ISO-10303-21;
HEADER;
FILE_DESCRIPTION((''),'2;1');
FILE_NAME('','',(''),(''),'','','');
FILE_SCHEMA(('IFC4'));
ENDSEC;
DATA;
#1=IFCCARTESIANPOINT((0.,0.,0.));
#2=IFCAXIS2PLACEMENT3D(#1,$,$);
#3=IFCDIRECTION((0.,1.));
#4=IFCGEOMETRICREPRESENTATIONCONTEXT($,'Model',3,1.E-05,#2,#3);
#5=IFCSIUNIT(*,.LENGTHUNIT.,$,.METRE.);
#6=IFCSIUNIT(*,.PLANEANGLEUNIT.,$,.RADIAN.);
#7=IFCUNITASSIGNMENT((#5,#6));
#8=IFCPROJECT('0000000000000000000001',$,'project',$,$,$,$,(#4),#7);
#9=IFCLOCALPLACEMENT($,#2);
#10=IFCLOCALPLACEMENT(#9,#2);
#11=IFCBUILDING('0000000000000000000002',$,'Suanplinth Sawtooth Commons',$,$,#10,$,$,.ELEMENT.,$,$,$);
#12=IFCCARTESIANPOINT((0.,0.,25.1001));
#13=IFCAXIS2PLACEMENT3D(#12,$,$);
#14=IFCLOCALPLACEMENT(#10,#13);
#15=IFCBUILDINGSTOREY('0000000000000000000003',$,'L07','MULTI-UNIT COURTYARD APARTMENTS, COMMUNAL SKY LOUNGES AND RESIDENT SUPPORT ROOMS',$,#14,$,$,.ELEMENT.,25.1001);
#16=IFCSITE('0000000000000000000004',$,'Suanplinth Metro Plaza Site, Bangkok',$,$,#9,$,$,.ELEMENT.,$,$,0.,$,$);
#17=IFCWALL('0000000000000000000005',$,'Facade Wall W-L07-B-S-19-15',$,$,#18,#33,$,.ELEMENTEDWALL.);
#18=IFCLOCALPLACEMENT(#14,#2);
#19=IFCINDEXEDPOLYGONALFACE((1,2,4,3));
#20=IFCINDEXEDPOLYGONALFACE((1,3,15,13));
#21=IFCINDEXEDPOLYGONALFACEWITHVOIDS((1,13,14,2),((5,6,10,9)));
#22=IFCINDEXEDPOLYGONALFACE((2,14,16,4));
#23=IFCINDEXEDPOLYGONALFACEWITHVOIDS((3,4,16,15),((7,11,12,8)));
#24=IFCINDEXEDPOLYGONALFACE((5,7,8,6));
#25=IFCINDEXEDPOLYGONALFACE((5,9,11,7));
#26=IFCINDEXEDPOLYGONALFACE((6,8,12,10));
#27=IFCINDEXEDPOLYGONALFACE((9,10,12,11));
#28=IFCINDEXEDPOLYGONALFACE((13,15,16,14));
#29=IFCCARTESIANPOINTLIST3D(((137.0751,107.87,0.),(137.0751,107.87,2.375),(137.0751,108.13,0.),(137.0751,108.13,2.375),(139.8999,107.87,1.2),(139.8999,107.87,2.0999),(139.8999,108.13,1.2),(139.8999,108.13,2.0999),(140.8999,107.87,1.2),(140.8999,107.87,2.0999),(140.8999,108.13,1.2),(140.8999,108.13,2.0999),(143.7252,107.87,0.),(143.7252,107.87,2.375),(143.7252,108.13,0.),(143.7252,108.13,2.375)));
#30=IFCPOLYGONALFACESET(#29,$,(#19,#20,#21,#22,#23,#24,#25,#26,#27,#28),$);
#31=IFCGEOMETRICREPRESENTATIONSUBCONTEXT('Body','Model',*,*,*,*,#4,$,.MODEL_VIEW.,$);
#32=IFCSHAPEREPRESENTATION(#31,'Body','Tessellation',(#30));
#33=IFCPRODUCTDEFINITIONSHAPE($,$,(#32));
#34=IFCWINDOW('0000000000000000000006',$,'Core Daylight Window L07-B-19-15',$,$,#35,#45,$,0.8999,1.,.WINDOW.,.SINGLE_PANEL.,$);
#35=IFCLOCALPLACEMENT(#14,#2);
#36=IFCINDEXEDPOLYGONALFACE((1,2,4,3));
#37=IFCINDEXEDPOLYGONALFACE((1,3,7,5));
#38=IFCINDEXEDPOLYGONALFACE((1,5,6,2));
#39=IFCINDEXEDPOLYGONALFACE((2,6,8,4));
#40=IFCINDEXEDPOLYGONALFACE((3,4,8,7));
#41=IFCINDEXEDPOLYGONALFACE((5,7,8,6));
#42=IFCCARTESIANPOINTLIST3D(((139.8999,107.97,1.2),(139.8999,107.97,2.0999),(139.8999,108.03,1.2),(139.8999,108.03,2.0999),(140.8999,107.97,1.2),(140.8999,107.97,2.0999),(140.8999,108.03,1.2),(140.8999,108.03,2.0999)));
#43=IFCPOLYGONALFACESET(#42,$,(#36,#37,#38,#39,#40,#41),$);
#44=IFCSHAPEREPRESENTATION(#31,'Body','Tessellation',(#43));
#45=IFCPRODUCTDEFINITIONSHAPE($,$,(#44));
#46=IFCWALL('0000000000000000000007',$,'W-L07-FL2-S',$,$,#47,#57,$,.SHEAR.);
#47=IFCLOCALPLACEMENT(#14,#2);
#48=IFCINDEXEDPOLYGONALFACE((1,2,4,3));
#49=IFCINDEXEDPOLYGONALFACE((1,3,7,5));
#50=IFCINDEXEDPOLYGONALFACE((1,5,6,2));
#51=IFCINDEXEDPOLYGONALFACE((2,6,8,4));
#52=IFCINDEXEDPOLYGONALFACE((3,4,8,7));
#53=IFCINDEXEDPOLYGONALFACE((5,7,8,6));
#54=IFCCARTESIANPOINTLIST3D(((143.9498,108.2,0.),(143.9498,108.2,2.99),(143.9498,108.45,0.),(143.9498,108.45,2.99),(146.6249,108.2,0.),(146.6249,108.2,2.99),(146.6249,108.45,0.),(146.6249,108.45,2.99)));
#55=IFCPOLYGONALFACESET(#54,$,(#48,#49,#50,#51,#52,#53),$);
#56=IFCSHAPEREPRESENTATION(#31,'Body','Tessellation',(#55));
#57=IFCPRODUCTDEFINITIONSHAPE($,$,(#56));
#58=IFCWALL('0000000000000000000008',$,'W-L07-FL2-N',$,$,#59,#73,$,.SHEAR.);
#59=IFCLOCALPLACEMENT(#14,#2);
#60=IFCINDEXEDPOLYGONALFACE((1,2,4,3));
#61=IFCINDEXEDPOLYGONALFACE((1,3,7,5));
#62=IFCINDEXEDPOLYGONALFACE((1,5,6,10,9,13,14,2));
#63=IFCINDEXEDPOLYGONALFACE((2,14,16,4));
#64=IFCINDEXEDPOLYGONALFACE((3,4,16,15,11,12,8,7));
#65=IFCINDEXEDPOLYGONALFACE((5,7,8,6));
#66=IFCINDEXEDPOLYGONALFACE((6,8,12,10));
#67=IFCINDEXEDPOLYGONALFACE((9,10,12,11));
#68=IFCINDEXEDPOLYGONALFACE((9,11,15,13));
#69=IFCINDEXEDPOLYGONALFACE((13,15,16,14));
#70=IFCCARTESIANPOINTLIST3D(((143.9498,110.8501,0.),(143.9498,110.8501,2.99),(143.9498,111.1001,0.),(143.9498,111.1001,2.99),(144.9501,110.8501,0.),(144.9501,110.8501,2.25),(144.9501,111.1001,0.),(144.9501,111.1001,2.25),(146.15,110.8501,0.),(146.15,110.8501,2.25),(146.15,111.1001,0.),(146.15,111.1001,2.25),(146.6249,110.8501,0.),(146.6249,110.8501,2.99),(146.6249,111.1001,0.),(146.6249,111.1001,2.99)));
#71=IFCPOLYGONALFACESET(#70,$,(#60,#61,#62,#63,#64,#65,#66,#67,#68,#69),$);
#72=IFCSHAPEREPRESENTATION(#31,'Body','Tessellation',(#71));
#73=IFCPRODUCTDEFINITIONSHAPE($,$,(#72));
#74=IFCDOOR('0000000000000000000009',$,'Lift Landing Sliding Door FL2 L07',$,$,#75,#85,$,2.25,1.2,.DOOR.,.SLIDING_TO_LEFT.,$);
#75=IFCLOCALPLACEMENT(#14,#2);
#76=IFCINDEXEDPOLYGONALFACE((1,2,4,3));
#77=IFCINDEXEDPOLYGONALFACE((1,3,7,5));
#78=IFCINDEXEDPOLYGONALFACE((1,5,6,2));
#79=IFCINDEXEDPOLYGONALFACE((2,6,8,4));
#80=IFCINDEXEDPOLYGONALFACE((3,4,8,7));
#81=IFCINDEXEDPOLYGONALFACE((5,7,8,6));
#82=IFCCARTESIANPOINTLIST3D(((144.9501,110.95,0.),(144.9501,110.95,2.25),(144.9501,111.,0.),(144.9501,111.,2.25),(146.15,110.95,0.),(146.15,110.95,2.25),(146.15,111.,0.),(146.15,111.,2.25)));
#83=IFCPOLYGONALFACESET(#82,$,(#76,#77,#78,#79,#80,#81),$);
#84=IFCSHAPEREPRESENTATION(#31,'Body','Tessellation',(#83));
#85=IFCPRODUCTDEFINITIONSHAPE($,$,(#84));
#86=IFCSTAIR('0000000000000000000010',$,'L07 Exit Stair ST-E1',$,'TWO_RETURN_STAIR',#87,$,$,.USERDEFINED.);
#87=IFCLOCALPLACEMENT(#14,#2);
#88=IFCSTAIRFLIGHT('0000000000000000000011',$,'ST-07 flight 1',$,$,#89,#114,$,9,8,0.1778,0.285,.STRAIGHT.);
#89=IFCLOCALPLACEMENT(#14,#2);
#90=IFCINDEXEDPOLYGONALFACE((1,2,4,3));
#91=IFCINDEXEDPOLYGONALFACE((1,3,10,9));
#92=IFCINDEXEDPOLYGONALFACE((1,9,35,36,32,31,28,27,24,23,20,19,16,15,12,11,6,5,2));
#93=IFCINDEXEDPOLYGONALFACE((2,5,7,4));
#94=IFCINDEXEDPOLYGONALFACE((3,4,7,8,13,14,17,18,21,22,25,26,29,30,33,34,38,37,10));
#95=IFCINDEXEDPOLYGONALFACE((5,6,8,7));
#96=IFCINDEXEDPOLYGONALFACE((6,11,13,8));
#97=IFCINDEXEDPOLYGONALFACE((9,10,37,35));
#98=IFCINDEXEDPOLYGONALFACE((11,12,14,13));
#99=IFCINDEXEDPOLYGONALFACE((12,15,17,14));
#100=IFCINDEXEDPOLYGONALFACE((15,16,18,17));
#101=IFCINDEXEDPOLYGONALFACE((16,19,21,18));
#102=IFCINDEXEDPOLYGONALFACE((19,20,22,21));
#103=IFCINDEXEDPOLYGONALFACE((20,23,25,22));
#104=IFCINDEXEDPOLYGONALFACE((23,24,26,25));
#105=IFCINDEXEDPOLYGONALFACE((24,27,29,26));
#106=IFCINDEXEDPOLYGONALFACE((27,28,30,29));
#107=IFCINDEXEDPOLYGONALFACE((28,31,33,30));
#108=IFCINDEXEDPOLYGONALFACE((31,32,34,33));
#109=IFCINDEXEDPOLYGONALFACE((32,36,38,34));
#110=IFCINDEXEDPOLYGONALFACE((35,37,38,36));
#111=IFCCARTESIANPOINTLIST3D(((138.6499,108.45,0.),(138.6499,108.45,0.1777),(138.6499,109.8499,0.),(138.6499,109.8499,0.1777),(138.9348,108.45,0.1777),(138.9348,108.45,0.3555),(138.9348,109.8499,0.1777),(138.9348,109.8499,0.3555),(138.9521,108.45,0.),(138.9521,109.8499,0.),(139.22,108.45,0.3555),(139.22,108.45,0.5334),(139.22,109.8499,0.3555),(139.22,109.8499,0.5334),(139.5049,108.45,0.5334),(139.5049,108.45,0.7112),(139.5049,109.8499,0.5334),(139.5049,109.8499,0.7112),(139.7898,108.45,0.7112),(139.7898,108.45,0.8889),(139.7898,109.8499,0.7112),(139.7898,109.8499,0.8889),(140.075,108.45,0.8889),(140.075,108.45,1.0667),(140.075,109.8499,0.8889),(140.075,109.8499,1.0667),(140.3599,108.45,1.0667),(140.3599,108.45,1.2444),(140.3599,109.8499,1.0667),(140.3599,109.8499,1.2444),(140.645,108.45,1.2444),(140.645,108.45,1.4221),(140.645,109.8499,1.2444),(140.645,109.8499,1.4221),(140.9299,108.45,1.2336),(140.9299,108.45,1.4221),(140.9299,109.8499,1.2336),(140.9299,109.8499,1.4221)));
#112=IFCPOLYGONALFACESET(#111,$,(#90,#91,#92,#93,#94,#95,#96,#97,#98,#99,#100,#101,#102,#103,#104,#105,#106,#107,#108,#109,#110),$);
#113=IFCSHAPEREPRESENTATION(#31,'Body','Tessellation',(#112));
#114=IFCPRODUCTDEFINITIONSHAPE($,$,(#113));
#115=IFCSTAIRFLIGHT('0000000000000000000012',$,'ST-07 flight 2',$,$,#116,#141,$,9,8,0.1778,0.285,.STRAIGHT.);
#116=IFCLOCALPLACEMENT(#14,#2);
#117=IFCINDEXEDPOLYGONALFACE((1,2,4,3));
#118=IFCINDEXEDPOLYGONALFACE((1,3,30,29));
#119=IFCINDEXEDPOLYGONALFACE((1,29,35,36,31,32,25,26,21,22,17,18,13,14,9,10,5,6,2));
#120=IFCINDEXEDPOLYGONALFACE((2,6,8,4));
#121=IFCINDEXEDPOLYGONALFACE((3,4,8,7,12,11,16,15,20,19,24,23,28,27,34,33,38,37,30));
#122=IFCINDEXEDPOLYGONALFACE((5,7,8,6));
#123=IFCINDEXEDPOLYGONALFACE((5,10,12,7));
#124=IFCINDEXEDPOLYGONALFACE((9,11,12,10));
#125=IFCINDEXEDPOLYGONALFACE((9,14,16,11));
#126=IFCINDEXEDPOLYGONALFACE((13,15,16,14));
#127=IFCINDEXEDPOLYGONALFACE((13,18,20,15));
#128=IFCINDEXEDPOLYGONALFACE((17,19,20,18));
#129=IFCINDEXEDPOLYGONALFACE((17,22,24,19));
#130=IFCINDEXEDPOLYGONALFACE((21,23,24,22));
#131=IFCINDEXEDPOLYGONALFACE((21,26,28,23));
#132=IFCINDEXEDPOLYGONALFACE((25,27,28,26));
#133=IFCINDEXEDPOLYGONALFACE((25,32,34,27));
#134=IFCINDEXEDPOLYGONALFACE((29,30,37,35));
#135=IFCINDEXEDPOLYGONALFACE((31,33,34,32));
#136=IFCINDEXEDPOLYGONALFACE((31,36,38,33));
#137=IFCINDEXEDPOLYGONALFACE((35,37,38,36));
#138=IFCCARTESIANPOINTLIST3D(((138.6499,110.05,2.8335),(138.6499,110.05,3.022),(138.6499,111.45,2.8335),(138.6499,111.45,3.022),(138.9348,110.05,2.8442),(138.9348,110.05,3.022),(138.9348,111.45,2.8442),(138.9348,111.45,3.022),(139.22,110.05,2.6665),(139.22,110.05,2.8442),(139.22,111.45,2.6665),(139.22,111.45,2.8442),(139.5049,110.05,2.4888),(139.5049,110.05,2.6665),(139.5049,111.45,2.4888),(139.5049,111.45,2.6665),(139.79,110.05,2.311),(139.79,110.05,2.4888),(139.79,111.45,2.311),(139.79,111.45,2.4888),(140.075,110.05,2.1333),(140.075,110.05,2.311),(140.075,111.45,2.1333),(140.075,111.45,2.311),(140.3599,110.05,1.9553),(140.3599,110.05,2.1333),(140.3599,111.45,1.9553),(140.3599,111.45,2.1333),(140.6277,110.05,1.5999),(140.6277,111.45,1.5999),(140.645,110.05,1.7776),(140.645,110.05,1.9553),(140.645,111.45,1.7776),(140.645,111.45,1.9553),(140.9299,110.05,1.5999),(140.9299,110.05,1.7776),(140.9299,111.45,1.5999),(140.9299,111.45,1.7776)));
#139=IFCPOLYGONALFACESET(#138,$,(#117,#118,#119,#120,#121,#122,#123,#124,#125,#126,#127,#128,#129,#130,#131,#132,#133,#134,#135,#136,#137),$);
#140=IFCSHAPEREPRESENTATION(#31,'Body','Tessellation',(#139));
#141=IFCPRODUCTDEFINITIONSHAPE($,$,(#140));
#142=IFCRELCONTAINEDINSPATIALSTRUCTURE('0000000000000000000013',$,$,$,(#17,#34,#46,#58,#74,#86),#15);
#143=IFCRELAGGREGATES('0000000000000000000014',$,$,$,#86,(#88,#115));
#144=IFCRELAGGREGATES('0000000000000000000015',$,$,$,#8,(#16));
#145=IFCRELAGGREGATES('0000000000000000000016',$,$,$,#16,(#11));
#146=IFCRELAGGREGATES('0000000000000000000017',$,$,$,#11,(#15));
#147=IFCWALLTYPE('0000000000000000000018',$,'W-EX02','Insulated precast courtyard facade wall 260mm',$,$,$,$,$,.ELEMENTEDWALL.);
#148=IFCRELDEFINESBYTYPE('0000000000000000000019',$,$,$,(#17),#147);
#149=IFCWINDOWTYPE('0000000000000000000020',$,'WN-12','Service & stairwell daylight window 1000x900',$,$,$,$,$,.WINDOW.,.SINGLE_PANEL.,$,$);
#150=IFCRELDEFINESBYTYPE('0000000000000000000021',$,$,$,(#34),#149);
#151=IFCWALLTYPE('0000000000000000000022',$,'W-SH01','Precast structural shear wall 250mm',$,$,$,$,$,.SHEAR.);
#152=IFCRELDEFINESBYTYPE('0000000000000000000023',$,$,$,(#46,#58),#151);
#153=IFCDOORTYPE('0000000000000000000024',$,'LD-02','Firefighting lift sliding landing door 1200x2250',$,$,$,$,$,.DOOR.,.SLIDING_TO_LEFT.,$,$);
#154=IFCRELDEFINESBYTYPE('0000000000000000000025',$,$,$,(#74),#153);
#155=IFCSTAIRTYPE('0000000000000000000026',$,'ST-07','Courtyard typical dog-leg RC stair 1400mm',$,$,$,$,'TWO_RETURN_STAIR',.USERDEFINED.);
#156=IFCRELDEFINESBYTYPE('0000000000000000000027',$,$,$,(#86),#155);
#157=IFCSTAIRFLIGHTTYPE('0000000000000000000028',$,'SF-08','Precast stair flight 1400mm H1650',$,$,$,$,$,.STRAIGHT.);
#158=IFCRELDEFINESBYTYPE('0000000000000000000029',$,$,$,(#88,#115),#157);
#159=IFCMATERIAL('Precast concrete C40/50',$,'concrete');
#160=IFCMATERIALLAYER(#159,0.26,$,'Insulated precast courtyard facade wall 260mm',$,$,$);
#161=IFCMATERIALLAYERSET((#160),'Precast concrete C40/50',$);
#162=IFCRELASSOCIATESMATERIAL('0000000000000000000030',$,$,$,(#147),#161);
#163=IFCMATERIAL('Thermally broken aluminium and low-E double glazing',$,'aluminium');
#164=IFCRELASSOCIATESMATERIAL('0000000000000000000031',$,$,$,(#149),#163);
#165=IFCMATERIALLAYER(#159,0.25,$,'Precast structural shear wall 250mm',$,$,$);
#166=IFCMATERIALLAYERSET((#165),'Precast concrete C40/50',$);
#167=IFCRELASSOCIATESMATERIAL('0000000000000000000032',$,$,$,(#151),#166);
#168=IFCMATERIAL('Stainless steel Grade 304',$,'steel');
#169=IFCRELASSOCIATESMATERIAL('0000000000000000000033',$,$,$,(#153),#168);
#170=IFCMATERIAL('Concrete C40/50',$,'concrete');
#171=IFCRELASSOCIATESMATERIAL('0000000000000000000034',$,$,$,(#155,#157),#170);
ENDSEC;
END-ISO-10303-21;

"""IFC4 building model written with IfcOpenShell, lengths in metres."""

from ifc_helpers import new_model, si_unit, direction, frame, frame_2d, origin, place, context, subcontext, project, spatial, polyline, rectangle, outline, extrude, material, layer, layer_set, type_object, element, fill, aggregate, save


model = new_model("IFC4")

# Units and contexts
model_context = context("Model", 3, precision=1e-05, world=origin(), true_north=direction((0.0, 1.0)))
body_context = subcontext(model_context, "Body", "Model", "MODEL_VIEW")
ifc_project = project(units=[si_unit("LENGTHUNIT", "METRE"), si_unit("PLANEANGLEUNIT", "RADIAN")], contexts=[model_context])

# Site, building, storey
site_placement = place(None, origin())
site = spatial("IfcSite", under=ifc_project, at=site_placement, Name="Suanplinth Metro Plaza Site, Bangkok", CompositionType="ELEMENT", RefElevation=0.0)
building_placement = place(site_placement, origin())
building = spatial("IfcBuilding", under=site, at=building_placement, Name="Suanplinth Sawtooth Commons", CompositionType="ELEMENT")
storey_placement = place(building_placement, frame((0.0, 0.0, 25.1001)))
storey = spatial("IfcBuildingStorey", under=building, at=storey_placement, Name="L07", Description="MULTI-UNIT COURTYARD APARTMENTS, COMMUNAL SKY LOUNGES AND RESIDENT SUPPORT ROOMS", CompositionType="ELEMENT", Elevation=25.1001)

# Shared definitions
ifc_material_1 = material(Name="Precast concrete C40/50", Category="concrete")

# Shared definitions
ifc_material_2 = material(Name="Concrete C40/50", Category="concrete")

# Wall, opening, window
ifc_layer_1 = layer(ifc_material_1, 0.26, Name="Insulated precast courtyard facade wall 260mm")
ifc_layer_set_1 = layer_set([ifc_layer_1], Name="Precast concrete C40/50")
wall_type_1 = type_object("IfcWallType", Name="W-EX02", Description="Insulated precast courtyard facade wall 260mm", PredefinedType="ELEMENTEDWALL", material=ifc_layer_set_1)
wall_1_placement = place(storey_placement, frame((137.075, 108.0, 0.0), z_axis=(0.0, 0.0, 1.0), x_axis=(1.0, 0.0, 0.0)))
wall_1 = element("IfcWall", 1, at=wall_1_placement, inside=storey, type_object=wall_type_1, Name="Facade Wall W-L07-B-S-19-15", PredefinedType="ELEMENTEDWALL", context=body_context, shape_type="SweptSolid", body=[
    extrude(rectangle(XDim=6.6501, YDim=0.26, at=frame_2d((3.3252, 0.0))), origin(), (0.0, 0.0, 1.0), 2.375),
])
opening_1_placement = place(wall_1_placement, frame((2.825, 0.0, 1.2)))
opening_1 = element("IfcOpeningElement", 2, at=opening_1_placement, cuts=wall_1, PredefinedType="OPENING", context=body_context, shape_type="SweptSolid", body=[
    extrude(rectangle(XDim=1.0, YDim=0.8999, at=frame_2d((0.5, 0.45))), frame((0.0, 0.145, 0.0), z_axis=(0.0, -1.0, 0.0), x_axis=(1.0, 0.0, 0.0)), (0.0, 0.0, 1.0), 0.2898),
])
ifc_material_3 = material(Name="Thermally broken aluminium and low-E double glazing", Category="aluminium")
window_type = type_object("IfcWindowType", Name="WN-12", Description="Service & stairwell daylight window 1000x900", PartitioningType="SINGLE_PANEL", PredefinedType="WINDOW", material=ifc_material_3)
window_placement = place(opening_1_placement, origin())
window = element("IfcWindow", 3, at=window_placement, inside=storey, type_object=window_type, Name="Core Daylight Window L07-B-19-15", OverallHeight=0.8999, OverallWidth=1.0, PartitioningType="SINGLE_PANEL", PredefinedType="WINDOW", context=body_context, shape_type="SweptSolid", body=[
    extrude(rectangle(XDim=1.0, YDim=0.8999, at=frame_2d((0.5, 0.45))), frame((0.0, 0.03, 0.0), z_axis=(0.0, -1.0, 0.0), x_axis=(1.0, 0.0, 0.0)), (0.0, 0.0, 1.0), 0.0601),
])
fill(opening_1, window)

# Wall
ifc_layer_2 = layer(ifc_material_1, 0.25, Name="Precast structural shear wall 250mm")
ifc_layer_set_2 = layer_set([ifc_layer_2], Name="Precast concrete C40/50")
wall_type_2 = type_object("IfcWallType", Name="W-SH01", Description="Precast structural shear wall 250mm", PredefinedType="SHEAR", material=ifc_layer_set_2)
wall_2_placement = place(storey_placement, frame((143.95, 108.325, 0.0), z_axis=(0.0, 0.0, 1.0), x_axis=(1.0, 0.0, 0.0)))
element("IfcWall", 4, at=wall_2_placement, inside=storey, type_object=wall_type_2, Name="W-L07-FL2-S", PredefinedType="SHEAR", context=body_context, shape_type="SweptSolid", body=[
    extrude(rectangle(XDim=2.675, YDim=0.25, at=frame_2d((1.3374, 0.0))), origin(), (0.0, 0.0, 1.0), 2.99),
])

# Wall, opening, door
wall_3_placement = place(storey_placement, frame((143.95, 110.9751, 0.0), z_axis=(0.0, 0.0, 1.0), x_axis=(1.0, 0.0, 0.0)))
wall_3 = element("IfcWall", 5, at=wall_3_placement, inside=storey, type_object=wall_type_2, Name="W-L07-FL2-N", PredefinedType="SHEAR", context=body_context, shape_type="SweptSolid", body=[
    extrude(rectangle(XDim=2.675, YDim=0.25, at=frame_2d((1.3374, 0.0))), origin(), (0.0, 0.0, 1.0), 2.99),
])
opening_2_placement = place(wall_3_placement, frame((1.0, 0.0, 0.0)))
opening_2 = element("IfcOpeningElement", 6, at=opening_2_placement, cuts=wall_3, PredefinedType="OPENING", context=body_context, shape_type="SweptSolid", body=[
    extrude(rectangle(XDim=1.2, YDim=2.25, at=frame_2d((0.6001, 1.125))), frame((0.0, 0.1399, 0.0), z_axis=(0.0, -1.0, 0.0), x_axis=(1.0, 0.0, 0.0)), (0.0, 0.0, 1.0), 0.2798),
])
ifc_material_4 = material(Name="Stainless steel Grade 304", Category="steel")
door_type_1 = type_object("IfcDoorType", Name="LD-02", Description="Firefighting lift sliding landing door 1200x2250", OperationType="SLIDING_TO_LEFT", PredefinedType="DOOR", material=ifc_material_4)
door_1_placement = place(opening_2_placement, origin())
door_1 = element("IfcDoor", 7, at=door_1_placement, inside=storey, type_object=door_type_1, Name="Lift Landing Sliding Door FL2 L07", OperationType="SLIDING_TO_LEFT", OverallHeight=2.25, OverallWidth=1.2, PredefinedType="DOOR", context=body_context, shape_type="SweptSolid", body=[
    extrude(rectangle(XDim=1.2, YDim=2.25, at=frame_2d((0.6001, 1.125))), frame((0.0, 0.0249, 0.0), z_axis=(0.0, -1.0, 0.0), x_axis=(1.0, 0.0, 0.0)), (0.0, 0.0, 1.0), 0.05),
])
fill(opening_2, door_1)

# Stair, stair flights
stair_type = type_object("IfcStairType", Name="ST-07", Description="Courtyard typical dog-leg RC stair 1400mm", ElementType="TWO_RETURN_STAIR", PredefinedType="USERDEFINED", material=ifc_material_2)
stair_placement = place(storey_placement, origin())
stair = element("IfcStair", 8, at=stair_placement, inside=storey, type_object=stair_type, Name="L07 Exit Stair ST-E1", ObjectType="TWO_RETURN_STAIR", PredefinedType="USERDEFINED")
stair_flight_type = type_object("IfcStairFlightType", Name="SF-08", Description="Precast stair flight 1400mm H1650", PredefinedType="STRAIGHT", material=ifc_material_2)
stair_flight_1_placement = place(storey_placement, frame((138.6499, 109.1499, 0.0), z_axis=(0.0, 0.0, 1.0), x_axis=(1.0, 0.0, 0.0)))
stair_flight_1 = element("IfcStairFlight", 9, at=stair_flight_1_placement, type_object=stair_flight_type, Name="ST-07 flight 1", NumberOfRisers=9, NumberOfTreads=8, PredefinedType="STRAIGHT", RiserHeight=0.1778, TreadLength=0.285, context=body_context, shape_type="SweptSolid", body=[
    extrude(outline(polyline([(0.0, 0.0), (0.0, 0.1777), (0.2849, 0.1777), (0.2849, 0.3555), (0.5701, 0.3555), (0.5701, 0.5334), (0.855, 0.5334), (0.855, 0.7112), (1.1399, 0.7112), (1.1399, 0.8889), (1.425, 0.8889), (1.425, 1.0667), (1.71, 1.0667), (1.71, 1.2444), (1.9951, 1.2444), (1.9951, 1.4221), (2.28, 1.4221), (2.28, 1.6001), (2.28, 1.2336), (0.3022, 0.0), (0.0, 0.0)])), frame((0.0, 0.7, 0.0), z_axis=(0.0, -1.0, 0.0), x_axis=(1.0, 0.0, 0.0)), (0.0, 0.0, 1.0), 1.3999),
])
stair_flight_2_placement = place(storey_placement, frame((140.9299, 110.75, 1.5999), z_axis=(0.0, 0.0, 1.0), x_axis=(-1.0, 0.0, 0.0)))
stair_flight_2 = element("IfcStairFlight", 10, at=stair_flight_2_placement, type_object=stair_flight_type, Name="ST-07 flight 2", NumberOfRisers=9, NumberOfTreads=8, PredefinedType="STRAIGHT", RiserHeight=0.1778, TreadLength=0.285, context=body_context, shape_type="SweptSolid", body=[
    extrude(outline(polyline([(0.0, 0.0), (0.0, 0.1777), (0.2849, 0.1777), (0.2849, 0.3555), (0.5701, 0.3555), (0.5701, 0.5334), (0.855, 0.5334), (0.855, 0.7112), (1.1399, 0.7112), (1.1399, 0.8889), (1.425, 0.8889), (1.425, 1.0667), (1.71, 1.0667), (1.71, 1.2444), (1.9951, 1.2444), (1.9951, 1.4221), (2.28, 1.4221), (2.28, 1.6001), (2.28, 1.2336), (0.3022, 0.0), (0.0, 0.0)])), frame((0.0, 0.7, 0.0), z_axis=(0.0, -1.0, 0.0), x_axis=(1.0, 0.0, 0.0)), (0.0, 0.0, 1.0), 1.3999),
])
aggregate(stair, [stair_flight_1, stair_flight_2])

save(model, "model.ifc")
